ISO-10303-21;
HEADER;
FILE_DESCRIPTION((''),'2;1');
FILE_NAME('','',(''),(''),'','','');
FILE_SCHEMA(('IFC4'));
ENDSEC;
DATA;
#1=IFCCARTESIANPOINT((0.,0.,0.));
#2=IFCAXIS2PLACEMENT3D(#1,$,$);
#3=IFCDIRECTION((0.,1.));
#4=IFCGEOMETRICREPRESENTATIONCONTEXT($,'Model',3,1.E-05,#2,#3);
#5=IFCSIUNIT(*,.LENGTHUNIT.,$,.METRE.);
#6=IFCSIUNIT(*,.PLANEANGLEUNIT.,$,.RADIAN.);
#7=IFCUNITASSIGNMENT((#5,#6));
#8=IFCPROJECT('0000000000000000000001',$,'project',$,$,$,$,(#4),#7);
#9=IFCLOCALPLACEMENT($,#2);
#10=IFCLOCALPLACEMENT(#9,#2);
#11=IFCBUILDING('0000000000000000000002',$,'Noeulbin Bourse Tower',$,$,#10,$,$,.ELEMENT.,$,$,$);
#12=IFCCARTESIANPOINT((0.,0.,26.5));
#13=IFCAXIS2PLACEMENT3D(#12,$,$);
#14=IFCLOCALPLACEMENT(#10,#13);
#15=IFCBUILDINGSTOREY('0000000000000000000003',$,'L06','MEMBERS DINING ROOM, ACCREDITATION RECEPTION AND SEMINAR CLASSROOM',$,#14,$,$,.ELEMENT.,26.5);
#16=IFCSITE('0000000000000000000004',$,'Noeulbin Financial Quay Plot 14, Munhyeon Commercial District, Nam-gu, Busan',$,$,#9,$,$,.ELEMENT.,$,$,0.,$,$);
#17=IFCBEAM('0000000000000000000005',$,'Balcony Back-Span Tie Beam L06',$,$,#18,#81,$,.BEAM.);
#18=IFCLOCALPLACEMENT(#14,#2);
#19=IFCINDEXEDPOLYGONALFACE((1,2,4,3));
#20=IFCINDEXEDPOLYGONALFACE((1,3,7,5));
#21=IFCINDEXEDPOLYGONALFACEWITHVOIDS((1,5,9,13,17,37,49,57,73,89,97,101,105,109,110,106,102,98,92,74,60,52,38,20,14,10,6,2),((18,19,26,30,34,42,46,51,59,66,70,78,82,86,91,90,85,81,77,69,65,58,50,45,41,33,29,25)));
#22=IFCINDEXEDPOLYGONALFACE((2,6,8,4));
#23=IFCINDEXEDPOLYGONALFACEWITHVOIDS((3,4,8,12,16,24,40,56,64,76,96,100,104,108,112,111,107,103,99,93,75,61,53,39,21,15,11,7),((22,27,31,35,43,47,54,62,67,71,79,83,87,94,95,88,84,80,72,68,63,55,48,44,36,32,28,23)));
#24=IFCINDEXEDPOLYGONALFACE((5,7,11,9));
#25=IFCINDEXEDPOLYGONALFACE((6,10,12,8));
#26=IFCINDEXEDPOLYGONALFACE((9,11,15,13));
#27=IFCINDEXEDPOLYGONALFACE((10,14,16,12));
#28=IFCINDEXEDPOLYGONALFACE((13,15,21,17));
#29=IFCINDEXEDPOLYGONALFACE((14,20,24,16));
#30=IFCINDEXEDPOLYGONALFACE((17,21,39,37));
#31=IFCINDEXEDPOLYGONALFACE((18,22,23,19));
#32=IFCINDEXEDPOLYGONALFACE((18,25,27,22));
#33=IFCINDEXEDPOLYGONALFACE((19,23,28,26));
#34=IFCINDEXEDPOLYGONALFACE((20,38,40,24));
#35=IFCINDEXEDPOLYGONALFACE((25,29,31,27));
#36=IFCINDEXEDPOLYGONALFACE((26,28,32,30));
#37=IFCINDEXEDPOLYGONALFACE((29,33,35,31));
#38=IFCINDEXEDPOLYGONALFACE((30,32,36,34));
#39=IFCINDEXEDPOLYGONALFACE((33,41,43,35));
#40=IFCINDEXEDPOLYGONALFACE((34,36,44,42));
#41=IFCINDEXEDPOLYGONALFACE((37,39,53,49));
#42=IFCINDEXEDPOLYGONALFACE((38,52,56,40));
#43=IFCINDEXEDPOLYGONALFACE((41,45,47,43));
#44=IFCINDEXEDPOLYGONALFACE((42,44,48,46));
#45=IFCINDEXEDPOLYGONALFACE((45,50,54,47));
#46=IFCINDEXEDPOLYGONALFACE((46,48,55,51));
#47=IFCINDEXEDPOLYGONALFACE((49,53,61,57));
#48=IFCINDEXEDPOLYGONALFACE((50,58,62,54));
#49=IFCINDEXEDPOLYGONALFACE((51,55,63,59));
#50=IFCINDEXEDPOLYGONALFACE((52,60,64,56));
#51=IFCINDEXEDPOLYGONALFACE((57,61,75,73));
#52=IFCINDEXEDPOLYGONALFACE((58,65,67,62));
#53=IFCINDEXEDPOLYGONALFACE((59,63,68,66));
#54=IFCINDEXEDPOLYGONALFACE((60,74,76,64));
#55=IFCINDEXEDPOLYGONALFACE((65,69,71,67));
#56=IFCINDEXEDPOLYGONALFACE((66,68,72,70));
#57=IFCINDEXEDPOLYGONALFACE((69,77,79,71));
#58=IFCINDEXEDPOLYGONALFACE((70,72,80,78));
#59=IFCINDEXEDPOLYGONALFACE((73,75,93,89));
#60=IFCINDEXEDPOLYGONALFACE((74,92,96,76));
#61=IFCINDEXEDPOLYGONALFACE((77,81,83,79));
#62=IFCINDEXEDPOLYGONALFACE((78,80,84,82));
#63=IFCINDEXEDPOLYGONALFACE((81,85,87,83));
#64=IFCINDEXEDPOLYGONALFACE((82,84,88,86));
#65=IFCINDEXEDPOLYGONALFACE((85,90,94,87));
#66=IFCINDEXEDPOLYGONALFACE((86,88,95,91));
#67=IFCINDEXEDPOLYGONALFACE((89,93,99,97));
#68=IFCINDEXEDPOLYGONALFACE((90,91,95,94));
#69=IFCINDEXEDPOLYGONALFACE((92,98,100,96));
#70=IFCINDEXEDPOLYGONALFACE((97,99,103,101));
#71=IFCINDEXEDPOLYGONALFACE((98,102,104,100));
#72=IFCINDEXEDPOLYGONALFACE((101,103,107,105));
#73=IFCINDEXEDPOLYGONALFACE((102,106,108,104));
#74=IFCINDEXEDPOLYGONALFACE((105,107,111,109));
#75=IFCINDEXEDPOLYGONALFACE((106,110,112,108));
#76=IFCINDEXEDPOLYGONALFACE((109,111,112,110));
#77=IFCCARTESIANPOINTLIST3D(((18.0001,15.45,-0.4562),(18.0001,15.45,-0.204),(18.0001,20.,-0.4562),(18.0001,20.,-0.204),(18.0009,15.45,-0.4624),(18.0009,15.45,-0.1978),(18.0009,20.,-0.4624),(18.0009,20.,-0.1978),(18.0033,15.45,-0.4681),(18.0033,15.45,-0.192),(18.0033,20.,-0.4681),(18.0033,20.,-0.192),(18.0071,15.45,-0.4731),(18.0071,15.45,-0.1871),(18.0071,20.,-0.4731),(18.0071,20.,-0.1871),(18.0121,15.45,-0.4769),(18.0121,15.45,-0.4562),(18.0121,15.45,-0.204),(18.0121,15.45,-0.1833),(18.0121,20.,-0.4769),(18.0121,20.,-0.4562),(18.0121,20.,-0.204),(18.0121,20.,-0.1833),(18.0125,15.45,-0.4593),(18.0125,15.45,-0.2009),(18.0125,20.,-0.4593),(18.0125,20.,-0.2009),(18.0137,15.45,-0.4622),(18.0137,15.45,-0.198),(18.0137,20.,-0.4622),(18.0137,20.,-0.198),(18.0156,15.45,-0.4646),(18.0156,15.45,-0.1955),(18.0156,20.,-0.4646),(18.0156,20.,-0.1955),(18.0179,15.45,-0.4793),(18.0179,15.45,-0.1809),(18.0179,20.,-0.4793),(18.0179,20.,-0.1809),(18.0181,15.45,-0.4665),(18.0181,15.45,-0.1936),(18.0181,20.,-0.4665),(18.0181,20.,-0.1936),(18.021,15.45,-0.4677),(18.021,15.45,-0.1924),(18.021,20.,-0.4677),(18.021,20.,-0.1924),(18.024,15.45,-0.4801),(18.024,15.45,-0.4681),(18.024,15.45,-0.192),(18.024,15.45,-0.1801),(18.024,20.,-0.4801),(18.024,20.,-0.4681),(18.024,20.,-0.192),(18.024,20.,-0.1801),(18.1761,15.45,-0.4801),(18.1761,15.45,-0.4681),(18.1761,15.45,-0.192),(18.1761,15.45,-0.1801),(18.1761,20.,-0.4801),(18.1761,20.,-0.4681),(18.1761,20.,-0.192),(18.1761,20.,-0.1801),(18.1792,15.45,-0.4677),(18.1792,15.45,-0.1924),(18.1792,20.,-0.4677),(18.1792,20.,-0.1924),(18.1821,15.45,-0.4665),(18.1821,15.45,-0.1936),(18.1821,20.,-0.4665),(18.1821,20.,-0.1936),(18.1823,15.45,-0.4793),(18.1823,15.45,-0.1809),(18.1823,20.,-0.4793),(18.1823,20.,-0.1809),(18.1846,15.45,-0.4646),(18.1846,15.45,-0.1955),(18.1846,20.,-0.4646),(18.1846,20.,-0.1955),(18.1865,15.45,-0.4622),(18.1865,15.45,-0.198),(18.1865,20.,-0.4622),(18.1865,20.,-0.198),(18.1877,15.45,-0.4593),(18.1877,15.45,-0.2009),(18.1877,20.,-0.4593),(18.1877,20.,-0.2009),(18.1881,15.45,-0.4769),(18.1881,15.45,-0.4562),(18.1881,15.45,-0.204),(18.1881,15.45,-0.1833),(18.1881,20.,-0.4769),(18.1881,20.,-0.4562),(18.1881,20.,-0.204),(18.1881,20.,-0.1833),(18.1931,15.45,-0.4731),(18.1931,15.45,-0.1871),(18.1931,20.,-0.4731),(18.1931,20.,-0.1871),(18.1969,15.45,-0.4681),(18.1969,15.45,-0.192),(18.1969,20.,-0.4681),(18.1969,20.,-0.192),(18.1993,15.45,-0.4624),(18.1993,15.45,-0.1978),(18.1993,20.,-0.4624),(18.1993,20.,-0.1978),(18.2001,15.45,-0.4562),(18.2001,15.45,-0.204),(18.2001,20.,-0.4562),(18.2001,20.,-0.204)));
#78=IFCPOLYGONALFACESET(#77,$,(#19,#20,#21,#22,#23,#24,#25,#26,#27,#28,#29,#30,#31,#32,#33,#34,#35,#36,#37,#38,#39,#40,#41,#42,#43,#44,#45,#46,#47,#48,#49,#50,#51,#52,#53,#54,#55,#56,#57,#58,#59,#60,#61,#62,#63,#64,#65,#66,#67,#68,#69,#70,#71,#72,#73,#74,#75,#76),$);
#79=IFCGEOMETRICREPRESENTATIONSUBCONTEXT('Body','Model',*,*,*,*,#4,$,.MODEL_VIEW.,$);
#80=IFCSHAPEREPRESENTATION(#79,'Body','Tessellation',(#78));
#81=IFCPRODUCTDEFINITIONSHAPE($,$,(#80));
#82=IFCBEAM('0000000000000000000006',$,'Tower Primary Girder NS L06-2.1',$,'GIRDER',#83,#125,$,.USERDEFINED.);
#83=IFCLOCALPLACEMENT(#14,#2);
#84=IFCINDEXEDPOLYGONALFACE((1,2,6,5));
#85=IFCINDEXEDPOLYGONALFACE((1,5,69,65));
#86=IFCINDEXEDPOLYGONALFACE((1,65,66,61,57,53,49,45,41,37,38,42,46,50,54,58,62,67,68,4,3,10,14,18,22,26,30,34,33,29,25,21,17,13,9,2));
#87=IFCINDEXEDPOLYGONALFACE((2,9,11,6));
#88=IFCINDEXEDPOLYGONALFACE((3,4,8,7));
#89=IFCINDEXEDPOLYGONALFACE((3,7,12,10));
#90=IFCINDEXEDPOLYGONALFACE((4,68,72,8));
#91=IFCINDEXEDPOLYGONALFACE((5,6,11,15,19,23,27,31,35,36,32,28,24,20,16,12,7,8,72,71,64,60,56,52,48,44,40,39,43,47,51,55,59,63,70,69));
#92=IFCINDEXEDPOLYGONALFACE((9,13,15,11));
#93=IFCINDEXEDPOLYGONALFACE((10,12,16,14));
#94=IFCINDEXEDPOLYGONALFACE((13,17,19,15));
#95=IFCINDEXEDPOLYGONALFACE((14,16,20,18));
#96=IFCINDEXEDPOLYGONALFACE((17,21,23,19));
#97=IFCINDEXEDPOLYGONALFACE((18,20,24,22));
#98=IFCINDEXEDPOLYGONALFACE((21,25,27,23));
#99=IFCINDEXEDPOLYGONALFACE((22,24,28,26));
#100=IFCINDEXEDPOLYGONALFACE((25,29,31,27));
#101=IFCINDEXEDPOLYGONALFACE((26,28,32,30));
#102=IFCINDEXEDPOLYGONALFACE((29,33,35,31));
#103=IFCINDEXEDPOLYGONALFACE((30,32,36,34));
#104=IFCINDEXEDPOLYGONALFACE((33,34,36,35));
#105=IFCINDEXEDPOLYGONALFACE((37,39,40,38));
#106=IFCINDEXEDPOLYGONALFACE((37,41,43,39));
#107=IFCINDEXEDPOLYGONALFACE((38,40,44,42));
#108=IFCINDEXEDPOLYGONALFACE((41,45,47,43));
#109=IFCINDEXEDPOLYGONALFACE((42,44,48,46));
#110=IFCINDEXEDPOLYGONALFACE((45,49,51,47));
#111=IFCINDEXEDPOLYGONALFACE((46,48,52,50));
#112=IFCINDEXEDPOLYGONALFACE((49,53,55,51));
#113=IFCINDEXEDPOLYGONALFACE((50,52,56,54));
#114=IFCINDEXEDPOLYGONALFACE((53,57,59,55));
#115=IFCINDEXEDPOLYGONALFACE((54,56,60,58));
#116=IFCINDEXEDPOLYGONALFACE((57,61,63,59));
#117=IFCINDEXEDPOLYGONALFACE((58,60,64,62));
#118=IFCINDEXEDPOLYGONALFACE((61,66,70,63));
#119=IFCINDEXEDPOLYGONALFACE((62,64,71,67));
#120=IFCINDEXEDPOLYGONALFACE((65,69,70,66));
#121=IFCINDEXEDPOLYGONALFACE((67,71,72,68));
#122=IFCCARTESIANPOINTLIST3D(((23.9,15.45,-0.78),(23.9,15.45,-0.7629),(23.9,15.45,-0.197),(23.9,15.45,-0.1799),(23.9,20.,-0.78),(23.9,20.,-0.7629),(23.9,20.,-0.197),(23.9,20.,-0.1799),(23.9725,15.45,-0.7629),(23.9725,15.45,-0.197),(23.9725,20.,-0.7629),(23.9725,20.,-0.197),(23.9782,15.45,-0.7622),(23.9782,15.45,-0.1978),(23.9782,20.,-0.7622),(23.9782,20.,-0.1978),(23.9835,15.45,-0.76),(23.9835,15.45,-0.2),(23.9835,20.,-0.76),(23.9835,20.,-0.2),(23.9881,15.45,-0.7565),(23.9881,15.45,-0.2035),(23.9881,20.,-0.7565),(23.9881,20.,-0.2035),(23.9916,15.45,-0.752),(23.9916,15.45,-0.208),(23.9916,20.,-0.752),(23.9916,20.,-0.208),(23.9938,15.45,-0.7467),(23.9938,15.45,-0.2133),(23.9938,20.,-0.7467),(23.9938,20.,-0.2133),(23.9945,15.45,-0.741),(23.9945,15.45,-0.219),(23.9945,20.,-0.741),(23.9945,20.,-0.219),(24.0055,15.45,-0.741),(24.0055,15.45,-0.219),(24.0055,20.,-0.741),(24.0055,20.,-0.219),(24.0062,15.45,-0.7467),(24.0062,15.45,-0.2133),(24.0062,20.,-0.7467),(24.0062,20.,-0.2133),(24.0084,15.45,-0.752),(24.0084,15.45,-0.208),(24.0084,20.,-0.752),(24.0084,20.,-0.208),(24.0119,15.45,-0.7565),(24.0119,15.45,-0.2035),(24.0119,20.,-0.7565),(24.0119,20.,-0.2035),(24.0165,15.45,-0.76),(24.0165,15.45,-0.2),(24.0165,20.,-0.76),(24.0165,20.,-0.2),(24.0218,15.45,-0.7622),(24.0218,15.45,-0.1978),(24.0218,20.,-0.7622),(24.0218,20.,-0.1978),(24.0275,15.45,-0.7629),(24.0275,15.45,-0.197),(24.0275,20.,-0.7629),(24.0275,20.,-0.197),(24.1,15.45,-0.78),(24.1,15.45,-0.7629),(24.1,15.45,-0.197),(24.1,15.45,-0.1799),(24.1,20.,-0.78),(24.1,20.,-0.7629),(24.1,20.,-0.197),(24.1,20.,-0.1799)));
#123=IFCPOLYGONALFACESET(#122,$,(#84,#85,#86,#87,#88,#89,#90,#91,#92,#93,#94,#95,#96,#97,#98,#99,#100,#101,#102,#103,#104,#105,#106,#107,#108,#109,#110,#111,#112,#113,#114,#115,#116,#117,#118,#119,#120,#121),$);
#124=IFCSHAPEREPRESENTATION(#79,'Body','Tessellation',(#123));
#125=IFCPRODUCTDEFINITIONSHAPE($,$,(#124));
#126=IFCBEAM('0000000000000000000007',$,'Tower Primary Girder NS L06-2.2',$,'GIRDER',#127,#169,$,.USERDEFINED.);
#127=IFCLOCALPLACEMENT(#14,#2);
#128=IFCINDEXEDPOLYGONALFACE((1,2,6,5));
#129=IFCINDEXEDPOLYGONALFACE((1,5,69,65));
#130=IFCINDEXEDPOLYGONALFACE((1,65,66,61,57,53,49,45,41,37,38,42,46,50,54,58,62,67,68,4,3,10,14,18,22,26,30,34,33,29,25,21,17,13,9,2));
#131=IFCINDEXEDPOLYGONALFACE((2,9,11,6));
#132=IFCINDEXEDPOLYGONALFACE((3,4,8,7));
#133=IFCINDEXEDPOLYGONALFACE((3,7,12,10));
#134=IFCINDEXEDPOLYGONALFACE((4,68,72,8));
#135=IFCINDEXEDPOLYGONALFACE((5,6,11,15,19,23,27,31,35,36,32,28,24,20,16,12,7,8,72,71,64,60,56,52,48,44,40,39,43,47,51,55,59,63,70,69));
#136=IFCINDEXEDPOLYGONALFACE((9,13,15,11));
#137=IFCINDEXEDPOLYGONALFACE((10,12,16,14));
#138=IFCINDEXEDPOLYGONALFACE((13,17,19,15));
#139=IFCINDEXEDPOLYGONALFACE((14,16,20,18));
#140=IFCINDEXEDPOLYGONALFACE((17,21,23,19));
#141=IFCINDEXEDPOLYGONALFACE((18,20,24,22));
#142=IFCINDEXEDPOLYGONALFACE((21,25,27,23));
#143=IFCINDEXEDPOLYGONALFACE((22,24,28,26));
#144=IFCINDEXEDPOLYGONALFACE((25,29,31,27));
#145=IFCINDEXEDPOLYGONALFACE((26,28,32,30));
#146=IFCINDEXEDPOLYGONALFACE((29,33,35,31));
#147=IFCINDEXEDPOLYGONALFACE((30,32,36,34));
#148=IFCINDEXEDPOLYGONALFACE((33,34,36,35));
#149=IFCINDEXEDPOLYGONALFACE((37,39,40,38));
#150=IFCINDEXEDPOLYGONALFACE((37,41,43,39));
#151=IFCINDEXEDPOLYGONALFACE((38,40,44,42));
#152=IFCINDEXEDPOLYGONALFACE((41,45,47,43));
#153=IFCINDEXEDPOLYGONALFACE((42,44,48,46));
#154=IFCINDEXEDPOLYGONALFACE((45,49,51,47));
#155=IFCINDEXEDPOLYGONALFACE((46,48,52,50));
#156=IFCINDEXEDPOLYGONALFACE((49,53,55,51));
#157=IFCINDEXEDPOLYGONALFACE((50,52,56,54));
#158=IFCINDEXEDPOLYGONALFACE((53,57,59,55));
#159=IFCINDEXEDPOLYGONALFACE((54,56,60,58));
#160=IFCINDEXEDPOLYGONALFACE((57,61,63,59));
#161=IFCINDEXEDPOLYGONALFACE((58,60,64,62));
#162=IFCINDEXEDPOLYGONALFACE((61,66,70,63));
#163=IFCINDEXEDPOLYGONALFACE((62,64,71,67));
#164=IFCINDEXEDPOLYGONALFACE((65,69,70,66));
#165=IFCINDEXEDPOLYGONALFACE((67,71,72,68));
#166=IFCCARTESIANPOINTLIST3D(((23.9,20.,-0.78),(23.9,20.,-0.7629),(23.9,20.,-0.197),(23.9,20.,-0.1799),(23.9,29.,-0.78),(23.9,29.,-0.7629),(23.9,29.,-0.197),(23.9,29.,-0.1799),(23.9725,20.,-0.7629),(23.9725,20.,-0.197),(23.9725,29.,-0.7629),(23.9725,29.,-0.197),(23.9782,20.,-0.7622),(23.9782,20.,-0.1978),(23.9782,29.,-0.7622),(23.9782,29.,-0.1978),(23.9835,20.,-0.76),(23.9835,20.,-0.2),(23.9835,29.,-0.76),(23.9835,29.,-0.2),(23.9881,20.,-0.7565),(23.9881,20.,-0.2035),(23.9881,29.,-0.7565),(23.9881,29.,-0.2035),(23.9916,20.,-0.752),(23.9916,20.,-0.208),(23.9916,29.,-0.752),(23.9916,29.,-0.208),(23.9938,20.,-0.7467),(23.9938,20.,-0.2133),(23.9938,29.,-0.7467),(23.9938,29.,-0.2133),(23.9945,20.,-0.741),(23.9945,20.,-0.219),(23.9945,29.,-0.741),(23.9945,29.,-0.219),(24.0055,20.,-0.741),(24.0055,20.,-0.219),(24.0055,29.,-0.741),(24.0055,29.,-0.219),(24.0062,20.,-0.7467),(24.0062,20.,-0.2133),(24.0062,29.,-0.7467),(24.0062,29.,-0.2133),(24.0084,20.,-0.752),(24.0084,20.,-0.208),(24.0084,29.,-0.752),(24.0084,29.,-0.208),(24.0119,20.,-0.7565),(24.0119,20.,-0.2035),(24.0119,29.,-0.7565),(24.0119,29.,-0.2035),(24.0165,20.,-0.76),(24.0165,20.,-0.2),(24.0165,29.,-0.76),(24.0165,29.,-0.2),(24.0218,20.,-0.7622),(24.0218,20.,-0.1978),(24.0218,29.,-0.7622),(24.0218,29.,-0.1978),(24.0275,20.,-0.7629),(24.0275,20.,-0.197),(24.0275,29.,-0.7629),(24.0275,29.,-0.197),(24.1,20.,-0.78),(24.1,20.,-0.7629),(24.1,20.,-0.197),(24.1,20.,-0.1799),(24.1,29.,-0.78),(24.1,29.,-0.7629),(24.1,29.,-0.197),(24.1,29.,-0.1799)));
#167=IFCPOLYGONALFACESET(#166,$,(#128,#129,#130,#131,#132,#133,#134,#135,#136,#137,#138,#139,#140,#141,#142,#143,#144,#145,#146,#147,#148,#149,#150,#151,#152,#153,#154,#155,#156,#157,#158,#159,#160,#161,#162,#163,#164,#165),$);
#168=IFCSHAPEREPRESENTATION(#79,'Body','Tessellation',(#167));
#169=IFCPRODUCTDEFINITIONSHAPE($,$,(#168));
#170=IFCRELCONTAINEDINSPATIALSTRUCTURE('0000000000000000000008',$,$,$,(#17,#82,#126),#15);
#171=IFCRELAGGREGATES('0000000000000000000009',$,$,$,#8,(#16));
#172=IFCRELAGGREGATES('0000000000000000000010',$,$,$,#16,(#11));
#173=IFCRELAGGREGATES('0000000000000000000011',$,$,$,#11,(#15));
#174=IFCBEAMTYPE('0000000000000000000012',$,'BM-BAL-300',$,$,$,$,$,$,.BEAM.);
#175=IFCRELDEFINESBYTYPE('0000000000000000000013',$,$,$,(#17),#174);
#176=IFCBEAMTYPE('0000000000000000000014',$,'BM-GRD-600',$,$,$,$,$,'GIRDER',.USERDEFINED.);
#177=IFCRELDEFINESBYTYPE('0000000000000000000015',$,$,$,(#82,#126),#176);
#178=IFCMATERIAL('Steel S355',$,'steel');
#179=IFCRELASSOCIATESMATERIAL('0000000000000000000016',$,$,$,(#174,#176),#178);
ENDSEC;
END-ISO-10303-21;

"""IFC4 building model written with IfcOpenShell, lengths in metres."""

from ifc_helpers import new_model, si_unit, direction, frame, origin, origin_2d, place, context, subcontext, project, spatial, hollow_rectangle, i_section, extrude, material, material_profile, profile_set, type_object, element, save


model = new_model("IFC4")

# Units and contexts
model_context = context("Model", 3, precision=1e-05, world=origin(), true_north=direction((0.0, 1.0)))
body_context = subcontext(model_context, "Body", "Model", "MODEL_VIEW")
ifc_project = project(units=[si_unit("LENGTHUNIT", "METRE"), si_unit("PLANEANGLEUNIT", "RADIAN")], contexts=[model_context])

# Site, building, storey
site_placement = place(None, origin())
site = spatial("IfcSite", under=ifc_project, at=site_placement, Name="Noeulbin Financial Quay Plot 14, Munhyeon Commercial District, Nam-gu, Busan", CompositionType="ELEMENT", RefElevation=0.0)
building_placement = place(site_placement, origin())
building = spatial("IfcBuilding", under=site, at=building_placement, Name="Noeulbin Bourse Tower", CompositionType="ELEMENT")
storey_placement = place(building_placement, frame((0.0, 0.0, 26.5)))
storey = spatial("IfcBuildingStorey", under=building, at=storey_placement, Name="L06", Description="MEMBERS DINING ROOM, ACCREDITATION RECEPTION AND SEMINAR CLASSROOM", CompositionType="ELEMENT", Elevation=26.5)

# Beams
ifc_material_1 = material(Name="Steel S355", Category="steel")
ifc_material_profile_1 = material_profile(ifc_material_1, hollow_rectangle(XDim=0.2, YDim=0.3, WallThickness=0.012, InnerFilletRadius=0.012, OuterFilletRadius=0.0239, at=origin_2d()), Name="RHS-300x200x12", Category="LoadBearing")
ifc_profile_set_1 = profile_set([ifc_material_profile_1], Name="Steel S355")
beam_type_1 = type_object("IfcBeamType", Name="BM-BAL-300", PredefinedType="BEAM", material=ifc_profile_set_1)
beam_1_placement = place(storey_placement, frame((18.1001, 15.45, -0.3301), z_axis=(0.0, 1.0, 0.0), x_axis=(-1.0, 0.0, 0.0)))
element("IfcBeam", 1, at=beam_1_placement, inside=storey, type_object=beam_type_1, Name="Balcony Back-Span Tie Beam L06", PredefinedType="BEAM", context=body_context, shape_type="SweptSolid", body=[
    extrude(hollow_rectangle(XDim=0.2, YDim=0.3, WallThickness=0.012, InnerFilletRadius=0.012, OuterFilletRadius=0.0239, at=origin_2d()), origin(), (0.0, 0.0, 1.0), 4.55),
])
ifc_material_profile_2 = material_profile(ifc_material_1, i_section(OverallWidth=0.2, OverallDepth=0.6001, WebThickness=0.011, FlangeThickness=0.0171, FilletRadius=0.022, at=origin_2d()), Name="H-600x200x11x17", Category="LoadBearing")
ifc_profile_set_2 = profile_set([ifc_material_profile_2], Name="Steel S355")
beam_type_2 = type_object("IfcBeamType", Name="BM-GRD-600", ElementType="GIRDER", PredefinedType="USERDEFINED", material=ifc_profile_set_2)
beam_2_placement = place(storey_placement, frame((24.0, 15.45, -0.48), z_axis=(0.0, 1.0, 0.0), x_axis=(-1.0, 0.0, 0.0)))
element("IfcBeam", 2, at=beam_2_placement, inside=storey, type_object=beam_type_2, Name="Tower Primary Girder NS L06-2.1", ObjectType="GIRDER", PredefinedType="USERDEFINED", context=body_context, shape_type="SweptSolid", body=[
    extrude(i_section(OverallWidth=0.2, OverallDepth=0.6001, WebThickness=0.011, FlangeThickness=0.0171, FilletRadius=0.022, at=origin_2d()), origin(), (0.0, 0.0, 1.0), 4.55),
])
beam_3_placement = place(storey_placement, frame((24.0, 20.0, -0.48), z_axis=(0.0, 1.0, 0.0), x_axis=(-1.0, 0.0, 0.0)))
element("IfcBeam", 3, at=beam_3_placement, inside=storey, type_object=beam_type_2, Name="Tower Primary Girder NS L06-2.2", ObjectType="GIRDER", PredefinedType="USERDEFINED", context=body_context, shape_type="SweptSolid", body=[
    extrude(i_section(OverallWidth=0.2, OverallDepth=0.6001, WebThickness=0.011, FlangeThickness=0.0171, FilletRadius=0.022, at=origin_2d()), origin(), (0.0, 0.0, 1.0), 9.0),
])

save(model, "model.ifc")
